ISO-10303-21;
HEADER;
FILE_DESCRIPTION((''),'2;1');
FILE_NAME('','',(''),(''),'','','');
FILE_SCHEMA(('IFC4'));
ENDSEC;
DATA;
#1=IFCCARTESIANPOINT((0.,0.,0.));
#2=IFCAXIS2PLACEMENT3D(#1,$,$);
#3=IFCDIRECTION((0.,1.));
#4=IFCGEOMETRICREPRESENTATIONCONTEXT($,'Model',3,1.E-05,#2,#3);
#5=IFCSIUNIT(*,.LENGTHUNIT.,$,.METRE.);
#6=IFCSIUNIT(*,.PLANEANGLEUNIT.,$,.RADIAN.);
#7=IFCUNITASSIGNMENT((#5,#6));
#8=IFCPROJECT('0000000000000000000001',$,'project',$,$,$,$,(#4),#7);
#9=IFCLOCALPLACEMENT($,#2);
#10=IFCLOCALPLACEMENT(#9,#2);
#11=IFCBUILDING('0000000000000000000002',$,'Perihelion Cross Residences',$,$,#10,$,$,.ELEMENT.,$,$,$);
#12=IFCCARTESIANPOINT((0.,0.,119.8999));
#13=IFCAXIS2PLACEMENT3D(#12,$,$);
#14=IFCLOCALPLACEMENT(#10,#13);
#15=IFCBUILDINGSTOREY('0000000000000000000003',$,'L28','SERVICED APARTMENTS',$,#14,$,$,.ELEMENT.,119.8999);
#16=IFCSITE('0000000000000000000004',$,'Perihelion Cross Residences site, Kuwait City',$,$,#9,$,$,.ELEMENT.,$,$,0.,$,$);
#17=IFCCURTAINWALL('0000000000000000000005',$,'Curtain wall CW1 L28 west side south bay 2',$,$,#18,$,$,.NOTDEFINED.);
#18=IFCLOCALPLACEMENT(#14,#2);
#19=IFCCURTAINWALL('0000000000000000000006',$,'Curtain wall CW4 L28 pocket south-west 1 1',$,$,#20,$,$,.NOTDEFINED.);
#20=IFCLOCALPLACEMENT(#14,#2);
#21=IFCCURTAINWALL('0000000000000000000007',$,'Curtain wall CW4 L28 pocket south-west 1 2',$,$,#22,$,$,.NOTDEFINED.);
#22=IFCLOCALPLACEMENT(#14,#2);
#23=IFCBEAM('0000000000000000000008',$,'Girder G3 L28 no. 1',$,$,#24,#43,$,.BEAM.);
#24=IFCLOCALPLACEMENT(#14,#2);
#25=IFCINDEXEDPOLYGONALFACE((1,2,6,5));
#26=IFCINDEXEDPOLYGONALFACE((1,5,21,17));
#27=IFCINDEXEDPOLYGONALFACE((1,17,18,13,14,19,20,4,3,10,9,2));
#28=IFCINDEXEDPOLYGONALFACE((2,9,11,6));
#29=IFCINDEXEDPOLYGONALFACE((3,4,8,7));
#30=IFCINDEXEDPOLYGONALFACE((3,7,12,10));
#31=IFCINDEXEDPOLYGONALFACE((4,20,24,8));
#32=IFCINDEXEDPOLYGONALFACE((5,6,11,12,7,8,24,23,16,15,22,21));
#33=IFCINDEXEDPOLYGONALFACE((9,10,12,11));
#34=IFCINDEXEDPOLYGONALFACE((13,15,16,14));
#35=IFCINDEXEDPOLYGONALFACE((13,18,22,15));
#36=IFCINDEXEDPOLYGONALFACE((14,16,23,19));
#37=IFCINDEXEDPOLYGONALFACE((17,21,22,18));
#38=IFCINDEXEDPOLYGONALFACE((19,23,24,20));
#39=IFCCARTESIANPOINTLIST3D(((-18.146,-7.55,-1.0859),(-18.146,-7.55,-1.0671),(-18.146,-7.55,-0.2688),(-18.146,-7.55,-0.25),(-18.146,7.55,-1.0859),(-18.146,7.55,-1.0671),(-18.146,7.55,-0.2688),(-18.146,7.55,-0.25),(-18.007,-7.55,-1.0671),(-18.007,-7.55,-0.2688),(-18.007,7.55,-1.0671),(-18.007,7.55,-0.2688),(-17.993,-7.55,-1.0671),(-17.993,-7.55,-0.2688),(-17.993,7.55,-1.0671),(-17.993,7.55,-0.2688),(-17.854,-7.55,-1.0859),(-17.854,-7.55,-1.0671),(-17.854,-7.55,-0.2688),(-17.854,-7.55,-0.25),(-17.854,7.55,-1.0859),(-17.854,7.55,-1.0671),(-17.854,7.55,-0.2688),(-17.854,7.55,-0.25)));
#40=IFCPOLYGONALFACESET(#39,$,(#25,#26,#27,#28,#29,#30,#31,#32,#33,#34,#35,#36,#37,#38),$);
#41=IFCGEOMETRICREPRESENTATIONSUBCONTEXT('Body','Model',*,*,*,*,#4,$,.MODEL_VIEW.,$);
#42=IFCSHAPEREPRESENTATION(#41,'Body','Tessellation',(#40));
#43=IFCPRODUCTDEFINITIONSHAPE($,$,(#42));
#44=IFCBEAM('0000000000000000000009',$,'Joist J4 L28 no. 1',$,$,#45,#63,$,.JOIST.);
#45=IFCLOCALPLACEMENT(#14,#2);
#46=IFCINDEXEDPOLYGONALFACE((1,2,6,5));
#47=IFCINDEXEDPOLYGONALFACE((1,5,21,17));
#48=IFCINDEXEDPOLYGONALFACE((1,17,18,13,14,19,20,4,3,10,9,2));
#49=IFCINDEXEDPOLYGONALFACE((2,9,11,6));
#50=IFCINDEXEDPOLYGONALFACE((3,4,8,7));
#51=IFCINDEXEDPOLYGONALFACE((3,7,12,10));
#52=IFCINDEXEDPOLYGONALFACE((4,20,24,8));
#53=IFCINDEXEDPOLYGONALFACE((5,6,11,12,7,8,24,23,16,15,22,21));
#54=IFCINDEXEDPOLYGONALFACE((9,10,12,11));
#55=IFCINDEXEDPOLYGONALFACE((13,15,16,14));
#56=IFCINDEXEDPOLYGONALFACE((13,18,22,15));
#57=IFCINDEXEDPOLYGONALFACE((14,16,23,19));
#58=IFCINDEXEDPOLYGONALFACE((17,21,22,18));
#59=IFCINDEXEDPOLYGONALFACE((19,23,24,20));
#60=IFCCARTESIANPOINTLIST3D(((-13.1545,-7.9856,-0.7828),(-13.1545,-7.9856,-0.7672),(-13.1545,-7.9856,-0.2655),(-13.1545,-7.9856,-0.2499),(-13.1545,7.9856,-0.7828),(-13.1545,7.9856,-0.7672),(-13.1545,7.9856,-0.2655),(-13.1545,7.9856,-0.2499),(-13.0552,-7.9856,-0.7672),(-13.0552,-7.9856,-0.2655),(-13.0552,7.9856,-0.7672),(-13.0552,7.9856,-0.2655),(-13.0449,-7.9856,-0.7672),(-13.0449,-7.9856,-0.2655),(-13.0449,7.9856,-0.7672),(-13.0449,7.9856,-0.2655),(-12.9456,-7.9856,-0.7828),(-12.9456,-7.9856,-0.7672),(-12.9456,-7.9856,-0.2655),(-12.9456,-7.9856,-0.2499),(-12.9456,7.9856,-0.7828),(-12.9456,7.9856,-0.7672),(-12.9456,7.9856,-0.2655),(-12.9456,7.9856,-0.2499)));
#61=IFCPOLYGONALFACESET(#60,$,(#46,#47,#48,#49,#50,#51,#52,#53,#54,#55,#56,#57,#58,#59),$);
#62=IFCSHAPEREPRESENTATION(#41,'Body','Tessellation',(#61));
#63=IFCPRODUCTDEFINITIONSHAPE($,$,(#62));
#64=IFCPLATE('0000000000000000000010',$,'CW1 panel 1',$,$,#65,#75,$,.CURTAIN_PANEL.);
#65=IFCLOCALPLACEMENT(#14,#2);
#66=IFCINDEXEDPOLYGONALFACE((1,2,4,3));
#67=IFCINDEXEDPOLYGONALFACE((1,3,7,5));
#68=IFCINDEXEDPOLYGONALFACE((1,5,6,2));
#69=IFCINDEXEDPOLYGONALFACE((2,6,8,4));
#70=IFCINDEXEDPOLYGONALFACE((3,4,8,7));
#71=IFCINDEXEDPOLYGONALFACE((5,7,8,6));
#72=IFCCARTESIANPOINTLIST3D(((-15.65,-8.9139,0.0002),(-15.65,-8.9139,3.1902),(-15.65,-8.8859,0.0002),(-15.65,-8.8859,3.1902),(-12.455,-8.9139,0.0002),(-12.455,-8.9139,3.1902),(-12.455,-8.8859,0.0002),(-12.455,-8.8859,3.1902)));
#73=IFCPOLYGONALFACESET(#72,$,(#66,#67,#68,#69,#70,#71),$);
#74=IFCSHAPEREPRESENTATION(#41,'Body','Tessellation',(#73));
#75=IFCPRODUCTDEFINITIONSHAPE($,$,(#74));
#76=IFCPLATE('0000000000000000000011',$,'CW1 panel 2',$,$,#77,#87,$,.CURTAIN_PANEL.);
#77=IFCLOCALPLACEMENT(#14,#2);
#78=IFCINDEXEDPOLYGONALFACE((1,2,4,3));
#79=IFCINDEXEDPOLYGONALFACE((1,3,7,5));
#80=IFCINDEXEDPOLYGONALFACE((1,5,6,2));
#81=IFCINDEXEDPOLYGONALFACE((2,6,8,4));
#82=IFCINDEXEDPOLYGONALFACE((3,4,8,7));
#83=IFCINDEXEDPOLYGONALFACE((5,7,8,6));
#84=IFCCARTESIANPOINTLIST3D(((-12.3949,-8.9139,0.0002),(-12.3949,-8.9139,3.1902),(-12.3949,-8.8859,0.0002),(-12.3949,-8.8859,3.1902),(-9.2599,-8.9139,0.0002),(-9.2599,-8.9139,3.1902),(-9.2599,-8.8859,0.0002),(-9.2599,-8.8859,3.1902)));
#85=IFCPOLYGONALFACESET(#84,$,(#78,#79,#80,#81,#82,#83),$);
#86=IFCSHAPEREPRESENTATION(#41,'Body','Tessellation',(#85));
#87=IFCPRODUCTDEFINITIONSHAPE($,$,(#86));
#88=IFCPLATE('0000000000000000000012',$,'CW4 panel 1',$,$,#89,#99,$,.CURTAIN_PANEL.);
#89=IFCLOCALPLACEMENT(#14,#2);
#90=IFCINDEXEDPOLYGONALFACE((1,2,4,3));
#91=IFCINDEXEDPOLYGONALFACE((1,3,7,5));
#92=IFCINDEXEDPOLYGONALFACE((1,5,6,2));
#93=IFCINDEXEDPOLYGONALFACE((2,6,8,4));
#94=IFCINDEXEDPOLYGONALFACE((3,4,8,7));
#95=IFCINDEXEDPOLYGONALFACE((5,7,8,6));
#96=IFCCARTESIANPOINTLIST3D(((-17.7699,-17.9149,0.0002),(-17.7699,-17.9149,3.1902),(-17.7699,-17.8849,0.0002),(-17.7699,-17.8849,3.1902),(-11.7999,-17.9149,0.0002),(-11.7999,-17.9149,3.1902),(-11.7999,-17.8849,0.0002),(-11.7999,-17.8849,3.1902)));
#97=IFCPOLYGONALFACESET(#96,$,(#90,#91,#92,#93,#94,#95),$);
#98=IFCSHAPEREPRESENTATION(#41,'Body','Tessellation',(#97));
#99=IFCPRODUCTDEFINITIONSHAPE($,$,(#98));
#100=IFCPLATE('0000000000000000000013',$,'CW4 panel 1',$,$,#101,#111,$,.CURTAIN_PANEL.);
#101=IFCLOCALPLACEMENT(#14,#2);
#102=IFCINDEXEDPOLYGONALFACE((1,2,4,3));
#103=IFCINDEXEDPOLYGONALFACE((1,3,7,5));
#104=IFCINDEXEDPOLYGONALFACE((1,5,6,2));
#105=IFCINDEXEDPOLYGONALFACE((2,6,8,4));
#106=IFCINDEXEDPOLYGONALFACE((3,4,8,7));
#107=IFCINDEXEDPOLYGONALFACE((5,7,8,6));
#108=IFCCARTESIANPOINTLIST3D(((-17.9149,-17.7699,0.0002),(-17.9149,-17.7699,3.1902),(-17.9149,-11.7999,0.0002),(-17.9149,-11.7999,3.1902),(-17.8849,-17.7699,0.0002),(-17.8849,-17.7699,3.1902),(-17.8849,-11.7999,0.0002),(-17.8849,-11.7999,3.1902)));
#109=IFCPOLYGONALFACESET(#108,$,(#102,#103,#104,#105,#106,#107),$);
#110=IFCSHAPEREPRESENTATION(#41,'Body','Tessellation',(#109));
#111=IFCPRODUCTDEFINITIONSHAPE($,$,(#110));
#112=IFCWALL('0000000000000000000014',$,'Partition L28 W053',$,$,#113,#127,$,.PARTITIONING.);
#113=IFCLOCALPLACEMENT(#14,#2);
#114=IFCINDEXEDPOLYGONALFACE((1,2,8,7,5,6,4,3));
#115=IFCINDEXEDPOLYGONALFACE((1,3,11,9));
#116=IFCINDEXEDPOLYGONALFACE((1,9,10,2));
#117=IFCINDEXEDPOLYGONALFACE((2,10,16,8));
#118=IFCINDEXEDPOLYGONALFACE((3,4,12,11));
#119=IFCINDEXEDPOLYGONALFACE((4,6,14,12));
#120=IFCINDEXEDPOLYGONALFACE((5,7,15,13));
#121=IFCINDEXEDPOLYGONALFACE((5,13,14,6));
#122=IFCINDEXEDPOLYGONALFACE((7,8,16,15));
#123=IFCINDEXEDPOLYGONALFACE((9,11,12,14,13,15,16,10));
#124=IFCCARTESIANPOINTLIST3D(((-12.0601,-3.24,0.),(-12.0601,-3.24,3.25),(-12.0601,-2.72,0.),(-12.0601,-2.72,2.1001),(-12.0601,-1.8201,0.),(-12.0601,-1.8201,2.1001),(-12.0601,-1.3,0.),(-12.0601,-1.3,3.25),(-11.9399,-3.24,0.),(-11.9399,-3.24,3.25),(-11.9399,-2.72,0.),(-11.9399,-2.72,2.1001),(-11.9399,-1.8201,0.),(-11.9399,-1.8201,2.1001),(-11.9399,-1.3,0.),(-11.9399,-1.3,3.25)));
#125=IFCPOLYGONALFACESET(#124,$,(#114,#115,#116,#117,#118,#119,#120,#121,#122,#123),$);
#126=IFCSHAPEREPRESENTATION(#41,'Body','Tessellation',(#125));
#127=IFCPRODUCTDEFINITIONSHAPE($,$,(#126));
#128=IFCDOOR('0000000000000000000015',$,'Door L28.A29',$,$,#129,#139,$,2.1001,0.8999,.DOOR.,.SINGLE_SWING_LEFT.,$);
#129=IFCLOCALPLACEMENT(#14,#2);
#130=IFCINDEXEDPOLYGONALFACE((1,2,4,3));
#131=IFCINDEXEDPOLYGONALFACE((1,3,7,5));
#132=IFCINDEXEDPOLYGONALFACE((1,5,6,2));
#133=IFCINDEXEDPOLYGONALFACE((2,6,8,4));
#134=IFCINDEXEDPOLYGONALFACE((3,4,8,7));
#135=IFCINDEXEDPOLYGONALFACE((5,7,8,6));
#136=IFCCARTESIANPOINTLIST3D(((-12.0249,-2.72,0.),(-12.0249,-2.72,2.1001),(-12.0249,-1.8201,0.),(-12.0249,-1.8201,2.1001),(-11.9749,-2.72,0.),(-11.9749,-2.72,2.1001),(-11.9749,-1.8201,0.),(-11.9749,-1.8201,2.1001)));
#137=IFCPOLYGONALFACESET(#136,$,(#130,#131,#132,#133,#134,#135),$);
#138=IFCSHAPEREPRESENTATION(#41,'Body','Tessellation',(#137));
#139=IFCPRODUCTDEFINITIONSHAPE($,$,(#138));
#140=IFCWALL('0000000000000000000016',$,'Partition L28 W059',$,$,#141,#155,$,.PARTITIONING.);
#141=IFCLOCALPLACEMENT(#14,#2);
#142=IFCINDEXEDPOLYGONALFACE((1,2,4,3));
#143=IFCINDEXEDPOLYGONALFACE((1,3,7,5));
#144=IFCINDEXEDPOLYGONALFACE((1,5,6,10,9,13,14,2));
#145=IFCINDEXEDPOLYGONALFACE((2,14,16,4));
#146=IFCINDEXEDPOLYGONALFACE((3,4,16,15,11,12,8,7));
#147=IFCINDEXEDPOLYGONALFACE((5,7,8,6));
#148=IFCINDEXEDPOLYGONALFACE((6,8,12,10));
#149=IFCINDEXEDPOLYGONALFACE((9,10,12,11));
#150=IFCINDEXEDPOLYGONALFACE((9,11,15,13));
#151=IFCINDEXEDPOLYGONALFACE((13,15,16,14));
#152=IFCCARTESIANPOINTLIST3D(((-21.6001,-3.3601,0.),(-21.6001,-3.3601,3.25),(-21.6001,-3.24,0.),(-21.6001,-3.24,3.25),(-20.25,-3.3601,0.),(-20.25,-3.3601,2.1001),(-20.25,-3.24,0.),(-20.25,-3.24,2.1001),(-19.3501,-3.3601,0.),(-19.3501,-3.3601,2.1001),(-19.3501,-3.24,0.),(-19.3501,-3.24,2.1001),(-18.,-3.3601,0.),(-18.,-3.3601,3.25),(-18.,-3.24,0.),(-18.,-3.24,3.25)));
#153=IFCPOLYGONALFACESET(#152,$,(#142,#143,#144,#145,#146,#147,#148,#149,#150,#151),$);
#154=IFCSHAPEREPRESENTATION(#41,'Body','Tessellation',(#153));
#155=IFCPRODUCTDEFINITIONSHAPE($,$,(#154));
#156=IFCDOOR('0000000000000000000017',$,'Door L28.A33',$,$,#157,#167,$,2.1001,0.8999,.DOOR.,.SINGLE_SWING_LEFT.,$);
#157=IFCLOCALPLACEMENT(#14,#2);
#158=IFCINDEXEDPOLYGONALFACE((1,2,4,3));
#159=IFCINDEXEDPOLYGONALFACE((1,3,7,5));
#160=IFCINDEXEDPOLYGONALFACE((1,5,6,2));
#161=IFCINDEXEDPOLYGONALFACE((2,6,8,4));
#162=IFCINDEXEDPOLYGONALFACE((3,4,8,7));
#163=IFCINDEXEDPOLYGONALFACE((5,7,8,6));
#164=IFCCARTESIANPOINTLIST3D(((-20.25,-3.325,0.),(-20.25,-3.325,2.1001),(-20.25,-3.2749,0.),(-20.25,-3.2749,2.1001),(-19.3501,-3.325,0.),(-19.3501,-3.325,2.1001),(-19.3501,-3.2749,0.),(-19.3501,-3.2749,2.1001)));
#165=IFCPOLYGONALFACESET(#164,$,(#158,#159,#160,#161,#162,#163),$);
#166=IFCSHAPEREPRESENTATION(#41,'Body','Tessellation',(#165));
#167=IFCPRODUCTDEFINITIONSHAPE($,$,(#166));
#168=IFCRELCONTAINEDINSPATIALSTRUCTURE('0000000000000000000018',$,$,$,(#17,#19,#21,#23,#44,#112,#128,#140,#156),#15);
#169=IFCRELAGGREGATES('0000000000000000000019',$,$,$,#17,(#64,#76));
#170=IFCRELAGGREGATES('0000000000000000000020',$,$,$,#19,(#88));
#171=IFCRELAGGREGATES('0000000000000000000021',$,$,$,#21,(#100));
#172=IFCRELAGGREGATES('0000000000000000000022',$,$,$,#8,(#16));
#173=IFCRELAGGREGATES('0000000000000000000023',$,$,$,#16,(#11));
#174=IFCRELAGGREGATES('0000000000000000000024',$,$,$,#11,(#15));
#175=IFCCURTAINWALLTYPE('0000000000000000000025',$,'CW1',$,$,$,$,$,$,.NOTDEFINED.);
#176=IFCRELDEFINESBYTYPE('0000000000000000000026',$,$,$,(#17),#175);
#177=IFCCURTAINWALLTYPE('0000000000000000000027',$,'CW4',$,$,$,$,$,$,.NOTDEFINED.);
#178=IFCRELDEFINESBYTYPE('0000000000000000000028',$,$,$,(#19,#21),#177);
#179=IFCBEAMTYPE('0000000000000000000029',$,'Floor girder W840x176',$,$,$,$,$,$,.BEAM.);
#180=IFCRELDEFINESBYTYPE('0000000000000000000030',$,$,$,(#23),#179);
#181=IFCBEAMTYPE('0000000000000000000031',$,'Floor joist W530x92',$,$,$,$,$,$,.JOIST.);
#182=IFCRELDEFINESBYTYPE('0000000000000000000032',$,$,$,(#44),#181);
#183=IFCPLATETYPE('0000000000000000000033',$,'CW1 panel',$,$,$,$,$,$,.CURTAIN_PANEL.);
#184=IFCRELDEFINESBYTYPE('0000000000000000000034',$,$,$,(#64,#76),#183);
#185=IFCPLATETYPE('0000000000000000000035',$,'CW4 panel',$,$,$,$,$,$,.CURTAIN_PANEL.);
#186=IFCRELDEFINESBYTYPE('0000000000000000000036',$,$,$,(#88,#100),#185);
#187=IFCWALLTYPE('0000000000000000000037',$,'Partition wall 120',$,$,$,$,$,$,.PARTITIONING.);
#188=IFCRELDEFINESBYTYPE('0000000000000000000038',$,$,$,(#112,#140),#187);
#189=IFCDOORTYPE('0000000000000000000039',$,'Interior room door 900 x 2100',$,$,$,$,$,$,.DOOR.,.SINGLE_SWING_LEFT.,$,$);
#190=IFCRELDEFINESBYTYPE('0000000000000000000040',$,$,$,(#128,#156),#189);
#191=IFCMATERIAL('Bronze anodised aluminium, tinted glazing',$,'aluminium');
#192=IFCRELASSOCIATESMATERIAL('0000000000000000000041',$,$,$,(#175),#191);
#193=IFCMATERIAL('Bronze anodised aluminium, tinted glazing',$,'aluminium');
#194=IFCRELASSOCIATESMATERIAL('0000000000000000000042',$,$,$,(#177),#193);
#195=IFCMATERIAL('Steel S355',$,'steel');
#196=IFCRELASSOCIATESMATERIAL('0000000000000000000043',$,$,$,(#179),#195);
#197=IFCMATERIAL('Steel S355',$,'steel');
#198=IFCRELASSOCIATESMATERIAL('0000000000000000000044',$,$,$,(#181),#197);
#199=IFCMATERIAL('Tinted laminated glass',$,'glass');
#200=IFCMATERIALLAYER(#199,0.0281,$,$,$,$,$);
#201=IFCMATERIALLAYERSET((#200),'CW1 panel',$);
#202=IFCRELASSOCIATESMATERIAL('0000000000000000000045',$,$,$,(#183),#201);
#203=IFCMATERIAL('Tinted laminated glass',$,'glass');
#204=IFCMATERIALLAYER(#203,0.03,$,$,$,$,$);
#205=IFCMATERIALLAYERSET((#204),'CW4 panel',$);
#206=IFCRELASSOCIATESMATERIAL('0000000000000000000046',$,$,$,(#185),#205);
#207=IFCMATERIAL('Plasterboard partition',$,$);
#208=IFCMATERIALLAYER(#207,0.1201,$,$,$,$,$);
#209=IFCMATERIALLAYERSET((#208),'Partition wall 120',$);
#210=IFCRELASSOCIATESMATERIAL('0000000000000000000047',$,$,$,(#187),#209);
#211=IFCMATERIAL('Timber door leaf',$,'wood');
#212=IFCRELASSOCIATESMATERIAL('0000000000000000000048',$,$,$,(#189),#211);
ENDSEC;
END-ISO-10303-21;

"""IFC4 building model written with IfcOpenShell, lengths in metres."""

from ifc_helpers import new_model, si_unit, direction, frame, frame_2d, origin, origin_2d, place, context, subcontext, project, spatial, rectangle, i_section, extrude, material, layer, layer_set, material_profile, profile_set, type_object, element, fill, aggregate, save


model = new_model("IFC4")

# Units and contexts
model_context = context("Model", 3, precision=1e-05, world=origin(), true_north=direction((0.0, 1.0)))
body_context = subcontext(model_context, "Body", "Model", "MODEL_VIEW")
ifc_project = project(units=[si_unit("LENGTHUNIT", "METRE"), si_unit("PLANEANGLEUNIT", "RADIAN")], contexts=[model_context])

# Site, building, storey
site_placement = place(None, origin())
site = spatial("IfcSite", under=ifc_project, at=site_placement, Name="Perihelion Cross Residences site, Kuwait City", CompositionType="ELEMENT", RefElevation=0.0)
building_placement = place(site_placement, origin())
building = spatial("IfcBuilding", under=site, at=building_placement, Name="Perihelion Cross Residences", CompositionType="ELEMENT")
storey_placement = place(building_placement, frame((0.0, 0.0, 119.8999)))
storey = spatial("IfcBuildingStorey", under=building, at=storey_placement, Name="L28", Description="SERVICED APARTMENTS", CompositionType="ELEMENT", Elevation=119.8999)

# Curtain walls
ifc_material_1 = material(Name="Bronze anodised aluminium, tinted glazing", Category="aluminium")
curtain_wall_type_1 = type_object("IfcCurtainWallType", Name="CW1", PredefinedType="NOTDEFINED", material=ifc_material_1)
curtain_wall_1_placement = place(storey_placement, origin())
curtain_wall_1 = element("IfcCurtainWall", 1, at=curtain_wall_1_placement, inside=storey, type_object=curtain_wall_type_1, Name="Curtain wall CW1 L28 west side south bay 2", PredefinedType="NOTDEFINED")
ifc_material_2 = material(Name="Bronze anodised aluminium, tinted glazing", Category="aluminium")
curtain_wall_type_2 = type_object("IfcCurtainWallType", Name="CW4", PredefinedType="NOTDEFINED", material=ifc_material_2)
curtain_wall_2_placement = place(storey_placement, origin())
curtain_wall_2 = element("IfcCurtainWall", 2, at=curtain_wall_2_placement, inside=storey, type_object=curtain_wall_type_2, Name="Curtain wall CW4 L28 pocket south-west 1 1", PredefinedType="NOTDEFINED")
curtain_wall_3_placement = place(storey_placement, origin())
curtain_wall_3 = element("IfcCurtainWall", 3, at=curtain_wall_3_placement, inside=storey, type_object=curtain_wall_type_2, Name="Curtain wall CW4 L28 pocket south-west 1 2", PredefinedType="NOTDEFINED")

# Beams
ifc_material_3 = material(Name="Steel S355", Category="steel")
ifc_material_profile_1 = material_profile(ifc_material_3, i_section(OverallWidth=0.292, OverallDepth=0.8359, WebThickness=0.0139, FlangeThickness=0.0188, at=origin_2d()), Name="W840x176")
ifc_profile_set_1 = profile_set([ifc_material_profile_1], Name="Steel S355")
beam_type_1 = type_object("IfcBeamType", Name="Floor girder W840x176", PredefinedType="BEAM", material=ifc_profile_set_1)
beam_1_placement = place(storey_placement, frame((-18.0, -7.55, -0.668), z_axis=(0.0, 1.0, 0.0), x_axis=(-1.0, 0.0, 0.0)))
element("IfcBeam", 4, at=beam_1_placement, inside=storey, type_object=beam_type_1, Name="Girder G3 L28 no. 1", PredefinedType="BEAM", context=body_context, shape_type="SweptSolid", body=[
    extrude(i_section(OverallWidth=0.292, OverallDepth=0.8359, WebThickness=0.0139, FlangeThickness=0.0188, at=origin_2d()), origin(), (0.0, 0.0, 1.0), 15.1001),
])
ifc_material_4 = material(Name="Steel S355", Category="steel")
ifc_material_profile_2 = material_profile(ifc_material_4, i_section(OverallWidth=0.209, OverallDepth=0.533, WebThickness=0.0103, FlangeThickness=0.0156, at=origin_2d()), Name="W530x92")
ifc_profile_set_2 = profile_set([ifc_material_profile_2], Name="Steel S355")
beam_type_2 = type_object("IfcBeamType", Name="Floor joist W530x92", PredefinedType="JOIST", material=ifc_profile_set_2)
beam_2_placement = place(storey_placement, frame((-13.05, -7.9856, -0.5164), z_axis=(0.0, 1.0, 0.0), x_axis=(-1.0, 0.0, 0.0)))
element("IfcBeam", 5, at=beam_2_placement, inside=storey, type_object=beam_type_2, Name="Joist J4 L28 no. 1", PredefinedType="JOIST", context=body_context, shape_type="SweptSolid", body=[
    extrude(i_section(OverallWidth=0.209, OverallDepth=0.533, WebThickness=0.0103, FlangeThickness=0.0156, at=origin_2d()), origin(), (0.0, 0.0, 1.0), 15.9712),
])

# Plates
ifc_material_5 = material(Name="Tinted laminated glass", Category="glass")
ifc_layer_1 = layer(ifc_material_5, 0.0281)
ifc_layer_set_1 = layer_set([ifc_layer_1], Name="CW1 panel")
plate_type_1 = type_object("IfcPlateType", Name="CW1 panel", PredefinedType="CURTAIN_PANEL", material=ifc_layer_set_1)
plate_1_placement = place(storey_placement, frame((-14.0525, -8.8999, 0.0002), z_axis=(0.0, 0.0, 1.0), x_axis=(1.0, 0.0, 0.0)))
plate_1 = element("IfcPlate", 6, at=plate_1_placement, type_object=plate_type_1, Name="CW1 panel 1", PredefinedType="CURTAIN_PANEL", context=body_context, shape_type="SweptSolid", body=[
    extrude(rectangle(XDim=3.1951, YDim=0.0281, at=origin_2d()), origin(), (0.0, 0.0, 1.0), 3.1899),
])
plate_2_placement = place(storey_placement, frame((-10.8274, -8.8999, 0.0002), z_axis=(0.0, 0.0, 1.0), x_axis=(1.0, 0.0, 0.0)))
plate_2 = element("IfcPlate", 7, at=plate_2_placement, type_object=plate_type_1, Name="CW1 panel 2", PredefinedType="CURTAIN_PANEL", context=body_context, shape_type="SweptSolid", body=[
    extrude(rectangle(XDim=3.135, YDim=0.0281, at=origin_2d()), origin(), (0.0, 0.0, 1.0), 3.1899),
])
aggregate(curtain_wall_1, [plate_1, plate_2])
ifc_material_6 = material(Name="Tinted laminated glass", Category="glass")
ifc_layer_2 = layer(ifc_material_6, 0.03)
ifc_layer_set_2 = layer_set([ifc_layer_2], Name="CW4 panel")
plate_type_2 = type_object("IfcPlateType", Name="CW4 panel", PredefinedType="CURTAIN_PANEL", material=ifc_layer_set_2)
plate_3_placement = place(storey_placement, frame((-14.7849, -17.8999, 0.0002), z_axis=(0.0, 0.0, 1.0), x_axis=(-1.0, 0.0, 0.0)))
plate_3 = element("IfcPlate", 8, at=plate_3_placement, type_object=plate_type_2, Name="CW4 panel 1", PredefinedType="CURTAIN_PANEL", context=body_context, shape_type="SweptSolid", body=[
    extrude(rectangle(XDim=5.97, YDim=0.03, at=origin_2d()), origin(), (0.0, 0.0, 1.0), 3.1899),
])
aggregate(curtain_wall_2, [plate_3])
plate_4_placement = place(storey_placement, frame((-17.8999, -14.7849, 0.0002), z_axis=(0.0, 0.0, 1.0), x_axis=(0.0, 1.0, 0.0)))
plate_4 = element("IfcPlate", 9, at=plate_4_placement, type_object=plate_type_2, Name="CW4 panel 1", PredefinedType="CURTAIN_PANEL", context=body_context, shape_type="SweptSolid", body=[
    extrude(rectangle(XDim=5.97, YDim=0.03, at=origin_2d()), origin(), (0.0, 0.0, 1.0), 3.1899),
])
aggregate(curtain_wall_3, [plate_4])

# Walls, openings, doors
ifc_material_7 = material(Name="Plasterboard partition")
ifc_layer_3 = layer(ifc_material_7, 0.1201)
ifc_layer_set_3 = layer_set([ifc_layer_3], Name="Partition wall 120")
wall_type_1 = type_object("IfcWallType", Name="Partition wall 120", PredefinedType="PARTITIONING", material=ifc_layer_set_3)
wall_1_placement = place(storey_placement, frame((-12.0, -3.24, 0.0), z_axis=(0.0, 0.0, 1.0), x_axis=(0.0, 1.0, 0.0)))
wall_1 = element("IfcWall", 10, at=wall_1_placement, inside=storey, type_object=wall_type_1, Name="Partition L28 W053", PredefinedType="PARTITIONING", context=body_context, shape_type="SweptSolid", body=[
    extrude(rectangle(XDim=1.9399, YDim=0.1201, at=frame_2d((0.97, 0.0))), origin(), (0.0, 0.0, 1.0), 3.25),
])
opening_1_placement = place(wall_1_placement, frame((0.52, 0.0, 0.0)))
opening_1 = element("IfcOpeningElement", 11, at=opening_1_placement, cuts=wall_1, PredefinedType="OPENING", context=body_context, shape_type="SweptSolid", body=[
    extrude(rectangle(XDim=0.8999, YDim=2.1001, at=frame_2d((0.45, 1.05))), frame((0.0, 0.0701, 0.0), z_axis=(0.0, -1.0, 0.0), x_axis=(1.0, 0.0, 0.0)), (0.0, 0.0, 1.0), 0.1401),
])
ifc_material_8 = material(Name="Timber door leaf", Category="wood")
door_type_1 = type_object("IfcDoorType", Name="Interior room door 900 x 2100", OperationType="SINGLE_SWING_LEFT", PredefinedType="DOOR", material=ifc_material_8)
door_1_placement = place(opening_1_placement, origin())
door_1 = element("IfcDoor", 12, at=door_1_placement, inside=storey, type_object=door_type_1, Name="Door L28.A29", OperationType="SINGLE_SWING_LEFT", OverallHeight=2.1001, OverallWidth=0.8999, PredefinedType="DOOR", context=body_context, shape_type="SweptSolid", body=[
    extrude(rectangle(XDim=0.8999, YDim=2.1001, at=frame_2d((0.45, 1.05))), frame((0.0, 0.0249, 0.0), z_axis=(0.0, -1.0, 0.0), x_axis=(1.0, 0.0, 0.0)), (0.0, 0.0, 1.0), 0.05),
])
fill(opening_1, door_1)
wall_2_placement = place(storey_placement, frame((-18.0, -3.3, 0.0), z_axis=(0.0, 0.0, 1.0), x_axis=(-1.0, 0.0, 0.0)))
wall_2 = element("IfcWall", 13, at=wall_2_placement, inside=storey, type_object=wall_type_1, Name="Partition L28 W059", PredefinedType="PARTITIONING", context=body_context, shape_type="SweptSolid", body=[
    extrude(rectangle(XDim=3.6001, YDim=0.1201, at=frame_2d((1.8, 0.0))), origin(), (0.0, 0.0, 1.0), 3.25),
])
opening_2_placement = place(wall_2_placement, frame((1.3501, 0.0, 0.0)))
opening_2 = element("IfcOpeningElement", 14, at=opening_2_placement, cuts=wall_2, PredefinedType="OPENING", context=body_context, shape_type="SweptSolid", body=[
    extrude(rectangle(XDim=0.8999, YDim=2.1001, at=frame_2d((0.45, 1.05))), frame((0.0, 0.0701, 0.0), z_axis=(0.0, -1.0, 0.0), x_axis=(1.0, 0.0, 0.0)), (0.0, 0.0, 1.0), 0.1401),
])
door_2_placement = place(opening_2_placement, origin())
door_2 = element("IfcDoor", 15, at=door_2_placement, inside=storey, type_object=door_type_1, Name="Door L28.A33", OperationType="SINGLE_SWING_LEFT", OverallHeight=2.1001, OverallWidth=0.8999, PredefinedType="DOOR", context=body_context, shape_type="SweptSolid", body=[
    extrude(rectangle(XDim=0.8999, YDim=2.1001, at=frame_2d((0.45, 1.05))), frame((0.0, 0.0249, 0.0), z_axis=(0.0, -1.0, 0.0), x_axis=(1.0, 0.0, 0.0)), (0.0, 0.0, 1.0), 0.05),
])
fill(opening_2, door_2)

save(model, "model.ifc")
